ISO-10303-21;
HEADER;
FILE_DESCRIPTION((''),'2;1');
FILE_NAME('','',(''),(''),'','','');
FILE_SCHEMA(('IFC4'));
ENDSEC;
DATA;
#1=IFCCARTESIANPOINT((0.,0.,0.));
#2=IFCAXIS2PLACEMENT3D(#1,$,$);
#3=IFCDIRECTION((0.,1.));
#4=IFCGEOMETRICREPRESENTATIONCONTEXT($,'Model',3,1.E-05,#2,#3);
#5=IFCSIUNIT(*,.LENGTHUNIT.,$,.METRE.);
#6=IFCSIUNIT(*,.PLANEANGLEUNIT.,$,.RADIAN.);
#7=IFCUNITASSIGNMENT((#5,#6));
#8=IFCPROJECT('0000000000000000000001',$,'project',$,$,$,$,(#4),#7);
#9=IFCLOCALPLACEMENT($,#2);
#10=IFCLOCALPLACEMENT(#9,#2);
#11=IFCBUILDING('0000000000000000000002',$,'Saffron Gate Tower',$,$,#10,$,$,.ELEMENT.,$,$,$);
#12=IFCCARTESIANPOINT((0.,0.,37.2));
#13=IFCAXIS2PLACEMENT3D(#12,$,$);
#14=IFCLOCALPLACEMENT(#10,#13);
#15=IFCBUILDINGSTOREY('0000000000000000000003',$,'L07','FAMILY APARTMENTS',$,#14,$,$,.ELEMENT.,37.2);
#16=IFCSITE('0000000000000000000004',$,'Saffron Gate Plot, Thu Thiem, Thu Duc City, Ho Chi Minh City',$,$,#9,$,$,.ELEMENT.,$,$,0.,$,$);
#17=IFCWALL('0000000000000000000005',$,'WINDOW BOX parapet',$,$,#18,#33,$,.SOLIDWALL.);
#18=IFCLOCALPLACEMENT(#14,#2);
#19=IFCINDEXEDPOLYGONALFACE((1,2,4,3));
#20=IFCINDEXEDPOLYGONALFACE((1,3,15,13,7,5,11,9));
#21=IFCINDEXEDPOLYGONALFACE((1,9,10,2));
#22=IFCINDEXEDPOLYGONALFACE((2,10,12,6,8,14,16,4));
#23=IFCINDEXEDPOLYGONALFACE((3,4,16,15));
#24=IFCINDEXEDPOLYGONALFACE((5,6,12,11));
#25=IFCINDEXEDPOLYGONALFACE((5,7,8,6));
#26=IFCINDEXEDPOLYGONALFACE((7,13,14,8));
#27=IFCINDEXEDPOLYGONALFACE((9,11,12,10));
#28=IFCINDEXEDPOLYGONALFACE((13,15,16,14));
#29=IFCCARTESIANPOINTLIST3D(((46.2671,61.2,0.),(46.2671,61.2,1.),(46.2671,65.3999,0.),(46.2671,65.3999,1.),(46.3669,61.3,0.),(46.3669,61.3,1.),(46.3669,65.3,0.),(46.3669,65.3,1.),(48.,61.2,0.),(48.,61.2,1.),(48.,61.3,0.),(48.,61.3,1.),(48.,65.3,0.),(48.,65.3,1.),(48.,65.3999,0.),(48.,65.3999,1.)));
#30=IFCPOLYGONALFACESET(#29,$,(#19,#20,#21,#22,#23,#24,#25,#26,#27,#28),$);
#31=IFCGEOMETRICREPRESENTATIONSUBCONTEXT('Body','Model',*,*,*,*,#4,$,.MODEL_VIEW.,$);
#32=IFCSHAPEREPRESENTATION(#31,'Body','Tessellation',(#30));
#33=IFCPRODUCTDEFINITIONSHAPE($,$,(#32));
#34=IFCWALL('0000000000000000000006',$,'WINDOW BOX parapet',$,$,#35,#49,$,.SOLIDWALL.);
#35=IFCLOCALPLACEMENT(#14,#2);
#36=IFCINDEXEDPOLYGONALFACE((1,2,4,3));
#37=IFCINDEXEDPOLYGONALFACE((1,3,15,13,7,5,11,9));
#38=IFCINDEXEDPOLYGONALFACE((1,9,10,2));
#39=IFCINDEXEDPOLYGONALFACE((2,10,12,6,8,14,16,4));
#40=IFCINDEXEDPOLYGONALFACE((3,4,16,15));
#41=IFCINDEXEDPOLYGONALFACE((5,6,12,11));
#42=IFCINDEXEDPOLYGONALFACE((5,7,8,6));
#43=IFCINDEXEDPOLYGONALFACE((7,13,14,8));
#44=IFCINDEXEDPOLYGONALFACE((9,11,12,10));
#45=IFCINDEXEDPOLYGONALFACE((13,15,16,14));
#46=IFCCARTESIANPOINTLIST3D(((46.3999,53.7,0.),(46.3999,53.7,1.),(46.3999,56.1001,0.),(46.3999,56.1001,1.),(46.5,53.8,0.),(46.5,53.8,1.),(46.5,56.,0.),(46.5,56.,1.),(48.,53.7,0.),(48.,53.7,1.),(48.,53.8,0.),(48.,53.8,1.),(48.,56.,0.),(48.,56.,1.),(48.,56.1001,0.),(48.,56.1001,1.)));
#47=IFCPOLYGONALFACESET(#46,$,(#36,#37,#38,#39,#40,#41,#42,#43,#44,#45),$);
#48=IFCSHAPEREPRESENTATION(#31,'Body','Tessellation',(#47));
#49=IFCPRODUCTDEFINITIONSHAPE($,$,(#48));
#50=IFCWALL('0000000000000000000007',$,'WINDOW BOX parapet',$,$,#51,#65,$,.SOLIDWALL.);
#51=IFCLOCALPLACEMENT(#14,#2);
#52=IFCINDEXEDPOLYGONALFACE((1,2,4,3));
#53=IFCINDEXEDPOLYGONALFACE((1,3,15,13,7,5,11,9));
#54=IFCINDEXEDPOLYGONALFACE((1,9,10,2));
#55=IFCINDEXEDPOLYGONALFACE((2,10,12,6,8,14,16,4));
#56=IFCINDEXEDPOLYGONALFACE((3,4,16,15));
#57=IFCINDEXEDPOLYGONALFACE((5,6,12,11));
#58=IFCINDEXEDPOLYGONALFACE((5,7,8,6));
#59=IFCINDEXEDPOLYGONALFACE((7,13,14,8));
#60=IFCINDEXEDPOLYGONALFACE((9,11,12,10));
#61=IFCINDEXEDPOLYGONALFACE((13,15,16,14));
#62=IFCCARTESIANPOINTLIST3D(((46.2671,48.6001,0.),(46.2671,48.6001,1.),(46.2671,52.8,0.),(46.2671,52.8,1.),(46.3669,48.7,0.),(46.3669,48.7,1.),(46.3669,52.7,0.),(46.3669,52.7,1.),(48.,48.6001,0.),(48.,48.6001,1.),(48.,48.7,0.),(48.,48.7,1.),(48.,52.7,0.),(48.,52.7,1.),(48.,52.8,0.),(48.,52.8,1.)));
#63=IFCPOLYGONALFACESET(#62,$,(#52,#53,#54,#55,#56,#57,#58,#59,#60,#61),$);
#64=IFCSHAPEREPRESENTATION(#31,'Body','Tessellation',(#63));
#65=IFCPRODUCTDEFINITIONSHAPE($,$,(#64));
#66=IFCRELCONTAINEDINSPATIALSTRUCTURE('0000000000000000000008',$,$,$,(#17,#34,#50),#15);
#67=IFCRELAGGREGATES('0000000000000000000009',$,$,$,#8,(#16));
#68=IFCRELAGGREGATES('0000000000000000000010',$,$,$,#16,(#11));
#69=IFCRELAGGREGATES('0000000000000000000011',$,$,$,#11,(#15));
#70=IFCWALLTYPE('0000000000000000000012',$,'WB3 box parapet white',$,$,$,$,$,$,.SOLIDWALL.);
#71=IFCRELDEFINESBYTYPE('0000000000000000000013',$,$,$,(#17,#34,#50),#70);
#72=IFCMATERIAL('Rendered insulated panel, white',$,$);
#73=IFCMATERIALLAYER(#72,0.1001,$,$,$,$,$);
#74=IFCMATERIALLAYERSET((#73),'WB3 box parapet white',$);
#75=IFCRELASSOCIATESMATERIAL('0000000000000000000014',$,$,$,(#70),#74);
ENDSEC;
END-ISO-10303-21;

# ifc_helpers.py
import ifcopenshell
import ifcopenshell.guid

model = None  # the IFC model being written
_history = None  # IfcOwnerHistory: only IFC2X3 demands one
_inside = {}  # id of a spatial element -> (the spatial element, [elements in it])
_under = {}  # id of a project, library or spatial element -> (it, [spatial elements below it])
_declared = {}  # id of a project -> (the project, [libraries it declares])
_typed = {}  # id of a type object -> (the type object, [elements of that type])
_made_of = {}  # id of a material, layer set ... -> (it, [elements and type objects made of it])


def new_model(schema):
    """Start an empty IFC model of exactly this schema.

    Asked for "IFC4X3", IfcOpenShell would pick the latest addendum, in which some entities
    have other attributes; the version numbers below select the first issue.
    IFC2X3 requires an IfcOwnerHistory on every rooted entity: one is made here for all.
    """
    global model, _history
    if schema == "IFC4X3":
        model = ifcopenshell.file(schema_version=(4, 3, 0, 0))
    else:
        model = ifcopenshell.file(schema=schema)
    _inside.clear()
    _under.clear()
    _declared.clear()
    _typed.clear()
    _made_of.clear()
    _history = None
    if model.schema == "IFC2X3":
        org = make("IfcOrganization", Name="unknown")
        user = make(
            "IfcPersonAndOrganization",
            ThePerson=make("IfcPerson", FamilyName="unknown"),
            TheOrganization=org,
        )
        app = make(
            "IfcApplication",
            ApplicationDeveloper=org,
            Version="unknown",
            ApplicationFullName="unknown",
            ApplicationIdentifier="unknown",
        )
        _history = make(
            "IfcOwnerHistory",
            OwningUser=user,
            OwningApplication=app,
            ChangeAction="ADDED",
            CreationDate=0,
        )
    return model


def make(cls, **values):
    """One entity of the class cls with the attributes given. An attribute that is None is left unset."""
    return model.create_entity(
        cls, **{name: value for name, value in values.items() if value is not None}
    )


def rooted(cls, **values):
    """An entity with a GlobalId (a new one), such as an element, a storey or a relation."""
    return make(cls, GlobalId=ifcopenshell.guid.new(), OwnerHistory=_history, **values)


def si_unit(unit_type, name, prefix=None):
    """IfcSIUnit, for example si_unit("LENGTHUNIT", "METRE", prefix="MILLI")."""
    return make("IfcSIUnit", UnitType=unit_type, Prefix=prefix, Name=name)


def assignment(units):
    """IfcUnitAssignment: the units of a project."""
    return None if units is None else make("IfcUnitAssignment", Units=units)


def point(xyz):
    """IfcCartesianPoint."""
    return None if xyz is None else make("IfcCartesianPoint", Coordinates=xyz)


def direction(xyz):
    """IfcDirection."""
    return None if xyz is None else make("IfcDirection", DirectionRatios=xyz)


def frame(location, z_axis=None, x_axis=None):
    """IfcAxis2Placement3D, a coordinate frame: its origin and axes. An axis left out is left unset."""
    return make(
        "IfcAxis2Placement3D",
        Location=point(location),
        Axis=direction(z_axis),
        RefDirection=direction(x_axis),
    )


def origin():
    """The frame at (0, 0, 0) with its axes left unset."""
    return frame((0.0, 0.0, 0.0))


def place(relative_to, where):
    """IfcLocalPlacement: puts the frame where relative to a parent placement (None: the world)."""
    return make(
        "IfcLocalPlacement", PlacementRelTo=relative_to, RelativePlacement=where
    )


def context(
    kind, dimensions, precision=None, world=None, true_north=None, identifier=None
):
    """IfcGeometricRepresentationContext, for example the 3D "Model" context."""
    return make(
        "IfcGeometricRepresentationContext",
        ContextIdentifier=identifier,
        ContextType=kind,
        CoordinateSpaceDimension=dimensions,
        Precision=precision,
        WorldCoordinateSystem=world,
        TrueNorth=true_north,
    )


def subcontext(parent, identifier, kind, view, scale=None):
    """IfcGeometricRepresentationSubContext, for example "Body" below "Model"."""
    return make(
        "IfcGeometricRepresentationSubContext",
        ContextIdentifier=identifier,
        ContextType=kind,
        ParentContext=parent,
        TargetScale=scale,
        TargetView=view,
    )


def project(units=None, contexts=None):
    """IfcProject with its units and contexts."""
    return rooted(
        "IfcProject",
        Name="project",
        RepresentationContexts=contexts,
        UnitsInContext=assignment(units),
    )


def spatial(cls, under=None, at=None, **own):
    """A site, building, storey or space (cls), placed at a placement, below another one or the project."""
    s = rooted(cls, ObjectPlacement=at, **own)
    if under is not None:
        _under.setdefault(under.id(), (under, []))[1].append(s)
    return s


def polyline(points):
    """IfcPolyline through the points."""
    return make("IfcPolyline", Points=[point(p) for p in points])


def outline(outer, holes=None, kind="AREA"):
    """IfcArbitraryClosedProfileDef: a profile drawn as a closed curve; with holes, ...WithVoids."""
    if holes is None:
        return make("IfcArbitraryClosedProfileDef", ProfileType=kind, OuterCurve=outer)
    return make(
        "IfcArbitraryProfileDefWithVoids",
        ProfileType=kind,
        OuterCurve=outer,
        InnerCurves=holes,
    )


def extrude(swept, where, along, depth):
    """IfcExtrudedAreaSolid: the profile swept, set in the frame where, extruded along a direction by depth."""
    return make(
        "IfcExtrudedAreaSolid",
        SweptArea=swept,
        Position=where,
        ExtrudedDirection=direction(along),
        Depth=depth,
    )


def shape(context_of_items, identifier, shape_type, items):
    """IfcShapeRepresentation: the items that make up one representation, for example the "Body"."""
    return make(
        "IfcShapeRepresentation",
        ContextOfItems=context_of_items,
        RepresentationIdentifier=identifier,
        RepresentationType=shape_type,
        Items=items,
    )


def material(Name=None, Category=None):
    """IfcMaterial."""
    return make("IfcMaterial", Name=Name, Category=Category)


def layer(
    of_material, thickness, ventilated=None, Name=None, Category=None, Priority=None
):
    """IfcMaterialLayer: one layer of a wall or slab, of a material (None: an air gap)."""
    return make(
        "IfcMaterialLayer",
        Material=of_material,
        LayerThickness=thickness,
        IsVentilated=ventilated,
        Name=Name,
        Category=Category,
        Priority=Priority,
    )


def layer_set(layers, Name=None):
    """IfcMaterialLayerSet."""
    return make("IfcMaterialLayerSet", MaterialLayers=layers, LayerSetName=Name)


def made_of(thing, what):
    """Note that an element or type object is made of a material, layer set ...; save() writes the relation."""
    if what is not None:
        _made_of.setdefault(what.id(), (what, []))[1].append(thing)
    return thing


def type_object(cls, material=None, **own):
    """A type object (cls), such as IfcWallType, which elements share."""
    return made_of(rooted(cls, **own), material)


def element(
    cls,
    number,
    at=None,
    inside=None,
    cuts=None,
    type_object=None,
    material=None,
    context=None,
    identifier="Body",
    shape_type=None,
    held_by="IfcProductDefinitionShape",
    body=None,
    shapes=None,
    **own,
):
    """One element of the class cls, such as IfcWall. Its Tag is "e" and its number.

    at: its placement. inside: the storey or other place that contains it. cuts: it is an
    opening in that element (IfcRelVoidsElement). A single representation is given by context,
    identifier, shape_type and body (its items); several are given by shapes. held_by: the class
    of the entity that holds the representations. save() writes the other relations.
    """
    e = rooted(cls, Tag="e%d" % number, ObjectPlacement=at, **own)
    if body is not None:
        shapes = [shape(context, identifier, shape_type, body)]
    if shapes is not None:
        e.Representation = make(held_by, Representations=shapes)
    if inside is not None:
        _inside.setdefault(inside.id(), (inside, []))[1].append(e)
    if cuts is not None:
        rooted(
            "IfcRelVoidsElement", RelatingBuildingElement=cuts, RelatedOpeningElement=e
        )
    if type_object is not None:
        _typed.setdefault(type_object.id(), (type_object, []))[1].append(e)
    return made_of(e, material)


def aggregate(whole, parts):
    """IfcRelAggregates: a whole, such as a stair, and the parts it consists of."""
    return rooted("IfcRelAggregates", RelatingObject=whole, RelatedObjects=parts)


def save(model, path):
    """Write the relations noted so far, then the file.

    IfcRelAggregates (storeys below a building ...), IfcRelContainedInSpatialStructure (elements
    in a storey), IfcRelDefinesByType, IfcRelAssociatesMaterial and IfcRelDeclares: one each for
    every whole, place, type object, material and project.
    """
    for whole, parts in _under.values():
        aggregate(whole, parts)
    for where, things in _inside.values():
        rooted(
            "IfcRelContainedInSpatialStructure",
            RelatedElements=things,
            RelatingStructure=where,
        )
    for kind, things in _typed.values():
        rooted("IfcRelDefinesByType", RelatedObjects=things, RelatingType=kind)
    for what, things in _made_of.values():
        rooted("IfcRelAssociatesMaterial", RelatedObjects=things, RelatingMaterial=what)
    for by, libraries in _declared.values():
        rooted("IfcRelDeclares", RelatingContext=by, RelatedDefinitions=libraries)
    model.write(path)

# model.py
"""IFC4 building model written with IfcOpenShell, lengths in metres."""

from ifc_helpers import new_model, si_unit, direction, frame, origin, place, context, subcontext, project, spatial, polyline, outline, extrude, material, layer, layer_set, type_object, element, save


model = new_model("IFC4")

# Units and contexts
model_context = context("Model", 3, precision=1e-05, world=origin(), true_north=direction((0.0, 1.0)))
body_context = subcontext(model_context, "Body", "Model", "MODEL_VIEW")
ifc_project = project(units=[si_unit("LENGTHUNIT", "METRE"), si_unit("PLANEANGLEUNIT", "RADIAN")], contexts=[model_context])

# Site, building, storey
site_placement = place(None, origin())
site = spatial("IfcSite", under=ifc_project, at=site_placement, Name="Saffron Gate Plot, Thu Thiem, Thu Duc City, Ho Chi Minh City", CompositionType="ELEMENT", RefElevation=0.0)
building_placement = place(site_placement, origin())
building = spatial("IfcBuilding", under=site, at=building_placement, Name="Saffron Gate Tower", CompositionType="ELEMENT")
storey_placement = place(building_placement, frame((0.0, 0.0, 37.2)))
storey = spatial("IfcBuildingStorey", under=building, at=storey_placement, Name="L07", Description="FAMILY APARTMENTS", CompositionType="ELEMENT", Elevation=37.2)

# Walls
ifc_material_1 = material(Name="Rendered insulated panel, white")
ifc_layer_1 = layer(ifc_material_1, 0.1001)
ifc_layer_set_1 = layer_set([ifc_layer_1], Name="WB3 box parapet white")
wall_type = type_object("IfcWallType", Name="WB3 box parapet white", PredefinedType="SOLIDWALL", material=ifc_layer_set_1)
wall_1_placement = place(storey_placement, origin())
element("IfcWall", 1, at=wall_1_placement, inside=storey, type_object=wall_type, Name="WINDOW BOX parapet", PredefinedType="SOLIDWALL", context=body_context, shape_type="SweptSolid", body=[
    extrude(outline(polyline([(48.0, 65.3999), (48.0, 65.3), (46.3669, 65.3), (46.3669, 61.3), (48.0, 61.3), (48.0, 61.2), (46.2671, 61.2), (46.2671, 65.3999), (48.0, 65.3999)])), origin(), (0.0, 0.0, 1.0), 1.0),
])
wall_2_placement = place(storey_placement, origin())
element("IfcWall", 2, at=wall_2_placement, inside=storey, type_object=wall_type, Name="WINDOW BOX parapet", PredefinedType="SOLIDWALL", context=body_context, shape_type="SweptSolid", body=[
    extrude(outline(polyline([(48.0, 56.1001), (48.0, 56.0), (46.5, 56.0), (46.5, 53.8), (48.0, 53.8), (48.0, 53.7), (46.3999, 53.7), (46.3999, 56.1001), (48.0, 56.1001)])), origin(), (0.0, 0.0, 1.0), 1.0),
])
wall_3_placement = place(storey_placement, origin())
element("IfcWall", 3, at=wall_3_placement, inside=storey, type_object=wall_type, Name="WINDOW BOX parapet", PredefinedType="SOLIDWALL", context=body_context, shape_type="SweptSolid", body=[
    extrude(outline(polyline([(48.0, 52.8), (48.0, 52.7), (46.3669, 52.7), (46.3669, 48.7), (48.0, 48.7), (48.0, 48.6001), (46.2671, 48.6001), (46.2671, 52.8), (48.0, 52.8)])), origin(), (0.0, 0.0, 1.0), 1.0),
])

save(model, "model.ifc")
